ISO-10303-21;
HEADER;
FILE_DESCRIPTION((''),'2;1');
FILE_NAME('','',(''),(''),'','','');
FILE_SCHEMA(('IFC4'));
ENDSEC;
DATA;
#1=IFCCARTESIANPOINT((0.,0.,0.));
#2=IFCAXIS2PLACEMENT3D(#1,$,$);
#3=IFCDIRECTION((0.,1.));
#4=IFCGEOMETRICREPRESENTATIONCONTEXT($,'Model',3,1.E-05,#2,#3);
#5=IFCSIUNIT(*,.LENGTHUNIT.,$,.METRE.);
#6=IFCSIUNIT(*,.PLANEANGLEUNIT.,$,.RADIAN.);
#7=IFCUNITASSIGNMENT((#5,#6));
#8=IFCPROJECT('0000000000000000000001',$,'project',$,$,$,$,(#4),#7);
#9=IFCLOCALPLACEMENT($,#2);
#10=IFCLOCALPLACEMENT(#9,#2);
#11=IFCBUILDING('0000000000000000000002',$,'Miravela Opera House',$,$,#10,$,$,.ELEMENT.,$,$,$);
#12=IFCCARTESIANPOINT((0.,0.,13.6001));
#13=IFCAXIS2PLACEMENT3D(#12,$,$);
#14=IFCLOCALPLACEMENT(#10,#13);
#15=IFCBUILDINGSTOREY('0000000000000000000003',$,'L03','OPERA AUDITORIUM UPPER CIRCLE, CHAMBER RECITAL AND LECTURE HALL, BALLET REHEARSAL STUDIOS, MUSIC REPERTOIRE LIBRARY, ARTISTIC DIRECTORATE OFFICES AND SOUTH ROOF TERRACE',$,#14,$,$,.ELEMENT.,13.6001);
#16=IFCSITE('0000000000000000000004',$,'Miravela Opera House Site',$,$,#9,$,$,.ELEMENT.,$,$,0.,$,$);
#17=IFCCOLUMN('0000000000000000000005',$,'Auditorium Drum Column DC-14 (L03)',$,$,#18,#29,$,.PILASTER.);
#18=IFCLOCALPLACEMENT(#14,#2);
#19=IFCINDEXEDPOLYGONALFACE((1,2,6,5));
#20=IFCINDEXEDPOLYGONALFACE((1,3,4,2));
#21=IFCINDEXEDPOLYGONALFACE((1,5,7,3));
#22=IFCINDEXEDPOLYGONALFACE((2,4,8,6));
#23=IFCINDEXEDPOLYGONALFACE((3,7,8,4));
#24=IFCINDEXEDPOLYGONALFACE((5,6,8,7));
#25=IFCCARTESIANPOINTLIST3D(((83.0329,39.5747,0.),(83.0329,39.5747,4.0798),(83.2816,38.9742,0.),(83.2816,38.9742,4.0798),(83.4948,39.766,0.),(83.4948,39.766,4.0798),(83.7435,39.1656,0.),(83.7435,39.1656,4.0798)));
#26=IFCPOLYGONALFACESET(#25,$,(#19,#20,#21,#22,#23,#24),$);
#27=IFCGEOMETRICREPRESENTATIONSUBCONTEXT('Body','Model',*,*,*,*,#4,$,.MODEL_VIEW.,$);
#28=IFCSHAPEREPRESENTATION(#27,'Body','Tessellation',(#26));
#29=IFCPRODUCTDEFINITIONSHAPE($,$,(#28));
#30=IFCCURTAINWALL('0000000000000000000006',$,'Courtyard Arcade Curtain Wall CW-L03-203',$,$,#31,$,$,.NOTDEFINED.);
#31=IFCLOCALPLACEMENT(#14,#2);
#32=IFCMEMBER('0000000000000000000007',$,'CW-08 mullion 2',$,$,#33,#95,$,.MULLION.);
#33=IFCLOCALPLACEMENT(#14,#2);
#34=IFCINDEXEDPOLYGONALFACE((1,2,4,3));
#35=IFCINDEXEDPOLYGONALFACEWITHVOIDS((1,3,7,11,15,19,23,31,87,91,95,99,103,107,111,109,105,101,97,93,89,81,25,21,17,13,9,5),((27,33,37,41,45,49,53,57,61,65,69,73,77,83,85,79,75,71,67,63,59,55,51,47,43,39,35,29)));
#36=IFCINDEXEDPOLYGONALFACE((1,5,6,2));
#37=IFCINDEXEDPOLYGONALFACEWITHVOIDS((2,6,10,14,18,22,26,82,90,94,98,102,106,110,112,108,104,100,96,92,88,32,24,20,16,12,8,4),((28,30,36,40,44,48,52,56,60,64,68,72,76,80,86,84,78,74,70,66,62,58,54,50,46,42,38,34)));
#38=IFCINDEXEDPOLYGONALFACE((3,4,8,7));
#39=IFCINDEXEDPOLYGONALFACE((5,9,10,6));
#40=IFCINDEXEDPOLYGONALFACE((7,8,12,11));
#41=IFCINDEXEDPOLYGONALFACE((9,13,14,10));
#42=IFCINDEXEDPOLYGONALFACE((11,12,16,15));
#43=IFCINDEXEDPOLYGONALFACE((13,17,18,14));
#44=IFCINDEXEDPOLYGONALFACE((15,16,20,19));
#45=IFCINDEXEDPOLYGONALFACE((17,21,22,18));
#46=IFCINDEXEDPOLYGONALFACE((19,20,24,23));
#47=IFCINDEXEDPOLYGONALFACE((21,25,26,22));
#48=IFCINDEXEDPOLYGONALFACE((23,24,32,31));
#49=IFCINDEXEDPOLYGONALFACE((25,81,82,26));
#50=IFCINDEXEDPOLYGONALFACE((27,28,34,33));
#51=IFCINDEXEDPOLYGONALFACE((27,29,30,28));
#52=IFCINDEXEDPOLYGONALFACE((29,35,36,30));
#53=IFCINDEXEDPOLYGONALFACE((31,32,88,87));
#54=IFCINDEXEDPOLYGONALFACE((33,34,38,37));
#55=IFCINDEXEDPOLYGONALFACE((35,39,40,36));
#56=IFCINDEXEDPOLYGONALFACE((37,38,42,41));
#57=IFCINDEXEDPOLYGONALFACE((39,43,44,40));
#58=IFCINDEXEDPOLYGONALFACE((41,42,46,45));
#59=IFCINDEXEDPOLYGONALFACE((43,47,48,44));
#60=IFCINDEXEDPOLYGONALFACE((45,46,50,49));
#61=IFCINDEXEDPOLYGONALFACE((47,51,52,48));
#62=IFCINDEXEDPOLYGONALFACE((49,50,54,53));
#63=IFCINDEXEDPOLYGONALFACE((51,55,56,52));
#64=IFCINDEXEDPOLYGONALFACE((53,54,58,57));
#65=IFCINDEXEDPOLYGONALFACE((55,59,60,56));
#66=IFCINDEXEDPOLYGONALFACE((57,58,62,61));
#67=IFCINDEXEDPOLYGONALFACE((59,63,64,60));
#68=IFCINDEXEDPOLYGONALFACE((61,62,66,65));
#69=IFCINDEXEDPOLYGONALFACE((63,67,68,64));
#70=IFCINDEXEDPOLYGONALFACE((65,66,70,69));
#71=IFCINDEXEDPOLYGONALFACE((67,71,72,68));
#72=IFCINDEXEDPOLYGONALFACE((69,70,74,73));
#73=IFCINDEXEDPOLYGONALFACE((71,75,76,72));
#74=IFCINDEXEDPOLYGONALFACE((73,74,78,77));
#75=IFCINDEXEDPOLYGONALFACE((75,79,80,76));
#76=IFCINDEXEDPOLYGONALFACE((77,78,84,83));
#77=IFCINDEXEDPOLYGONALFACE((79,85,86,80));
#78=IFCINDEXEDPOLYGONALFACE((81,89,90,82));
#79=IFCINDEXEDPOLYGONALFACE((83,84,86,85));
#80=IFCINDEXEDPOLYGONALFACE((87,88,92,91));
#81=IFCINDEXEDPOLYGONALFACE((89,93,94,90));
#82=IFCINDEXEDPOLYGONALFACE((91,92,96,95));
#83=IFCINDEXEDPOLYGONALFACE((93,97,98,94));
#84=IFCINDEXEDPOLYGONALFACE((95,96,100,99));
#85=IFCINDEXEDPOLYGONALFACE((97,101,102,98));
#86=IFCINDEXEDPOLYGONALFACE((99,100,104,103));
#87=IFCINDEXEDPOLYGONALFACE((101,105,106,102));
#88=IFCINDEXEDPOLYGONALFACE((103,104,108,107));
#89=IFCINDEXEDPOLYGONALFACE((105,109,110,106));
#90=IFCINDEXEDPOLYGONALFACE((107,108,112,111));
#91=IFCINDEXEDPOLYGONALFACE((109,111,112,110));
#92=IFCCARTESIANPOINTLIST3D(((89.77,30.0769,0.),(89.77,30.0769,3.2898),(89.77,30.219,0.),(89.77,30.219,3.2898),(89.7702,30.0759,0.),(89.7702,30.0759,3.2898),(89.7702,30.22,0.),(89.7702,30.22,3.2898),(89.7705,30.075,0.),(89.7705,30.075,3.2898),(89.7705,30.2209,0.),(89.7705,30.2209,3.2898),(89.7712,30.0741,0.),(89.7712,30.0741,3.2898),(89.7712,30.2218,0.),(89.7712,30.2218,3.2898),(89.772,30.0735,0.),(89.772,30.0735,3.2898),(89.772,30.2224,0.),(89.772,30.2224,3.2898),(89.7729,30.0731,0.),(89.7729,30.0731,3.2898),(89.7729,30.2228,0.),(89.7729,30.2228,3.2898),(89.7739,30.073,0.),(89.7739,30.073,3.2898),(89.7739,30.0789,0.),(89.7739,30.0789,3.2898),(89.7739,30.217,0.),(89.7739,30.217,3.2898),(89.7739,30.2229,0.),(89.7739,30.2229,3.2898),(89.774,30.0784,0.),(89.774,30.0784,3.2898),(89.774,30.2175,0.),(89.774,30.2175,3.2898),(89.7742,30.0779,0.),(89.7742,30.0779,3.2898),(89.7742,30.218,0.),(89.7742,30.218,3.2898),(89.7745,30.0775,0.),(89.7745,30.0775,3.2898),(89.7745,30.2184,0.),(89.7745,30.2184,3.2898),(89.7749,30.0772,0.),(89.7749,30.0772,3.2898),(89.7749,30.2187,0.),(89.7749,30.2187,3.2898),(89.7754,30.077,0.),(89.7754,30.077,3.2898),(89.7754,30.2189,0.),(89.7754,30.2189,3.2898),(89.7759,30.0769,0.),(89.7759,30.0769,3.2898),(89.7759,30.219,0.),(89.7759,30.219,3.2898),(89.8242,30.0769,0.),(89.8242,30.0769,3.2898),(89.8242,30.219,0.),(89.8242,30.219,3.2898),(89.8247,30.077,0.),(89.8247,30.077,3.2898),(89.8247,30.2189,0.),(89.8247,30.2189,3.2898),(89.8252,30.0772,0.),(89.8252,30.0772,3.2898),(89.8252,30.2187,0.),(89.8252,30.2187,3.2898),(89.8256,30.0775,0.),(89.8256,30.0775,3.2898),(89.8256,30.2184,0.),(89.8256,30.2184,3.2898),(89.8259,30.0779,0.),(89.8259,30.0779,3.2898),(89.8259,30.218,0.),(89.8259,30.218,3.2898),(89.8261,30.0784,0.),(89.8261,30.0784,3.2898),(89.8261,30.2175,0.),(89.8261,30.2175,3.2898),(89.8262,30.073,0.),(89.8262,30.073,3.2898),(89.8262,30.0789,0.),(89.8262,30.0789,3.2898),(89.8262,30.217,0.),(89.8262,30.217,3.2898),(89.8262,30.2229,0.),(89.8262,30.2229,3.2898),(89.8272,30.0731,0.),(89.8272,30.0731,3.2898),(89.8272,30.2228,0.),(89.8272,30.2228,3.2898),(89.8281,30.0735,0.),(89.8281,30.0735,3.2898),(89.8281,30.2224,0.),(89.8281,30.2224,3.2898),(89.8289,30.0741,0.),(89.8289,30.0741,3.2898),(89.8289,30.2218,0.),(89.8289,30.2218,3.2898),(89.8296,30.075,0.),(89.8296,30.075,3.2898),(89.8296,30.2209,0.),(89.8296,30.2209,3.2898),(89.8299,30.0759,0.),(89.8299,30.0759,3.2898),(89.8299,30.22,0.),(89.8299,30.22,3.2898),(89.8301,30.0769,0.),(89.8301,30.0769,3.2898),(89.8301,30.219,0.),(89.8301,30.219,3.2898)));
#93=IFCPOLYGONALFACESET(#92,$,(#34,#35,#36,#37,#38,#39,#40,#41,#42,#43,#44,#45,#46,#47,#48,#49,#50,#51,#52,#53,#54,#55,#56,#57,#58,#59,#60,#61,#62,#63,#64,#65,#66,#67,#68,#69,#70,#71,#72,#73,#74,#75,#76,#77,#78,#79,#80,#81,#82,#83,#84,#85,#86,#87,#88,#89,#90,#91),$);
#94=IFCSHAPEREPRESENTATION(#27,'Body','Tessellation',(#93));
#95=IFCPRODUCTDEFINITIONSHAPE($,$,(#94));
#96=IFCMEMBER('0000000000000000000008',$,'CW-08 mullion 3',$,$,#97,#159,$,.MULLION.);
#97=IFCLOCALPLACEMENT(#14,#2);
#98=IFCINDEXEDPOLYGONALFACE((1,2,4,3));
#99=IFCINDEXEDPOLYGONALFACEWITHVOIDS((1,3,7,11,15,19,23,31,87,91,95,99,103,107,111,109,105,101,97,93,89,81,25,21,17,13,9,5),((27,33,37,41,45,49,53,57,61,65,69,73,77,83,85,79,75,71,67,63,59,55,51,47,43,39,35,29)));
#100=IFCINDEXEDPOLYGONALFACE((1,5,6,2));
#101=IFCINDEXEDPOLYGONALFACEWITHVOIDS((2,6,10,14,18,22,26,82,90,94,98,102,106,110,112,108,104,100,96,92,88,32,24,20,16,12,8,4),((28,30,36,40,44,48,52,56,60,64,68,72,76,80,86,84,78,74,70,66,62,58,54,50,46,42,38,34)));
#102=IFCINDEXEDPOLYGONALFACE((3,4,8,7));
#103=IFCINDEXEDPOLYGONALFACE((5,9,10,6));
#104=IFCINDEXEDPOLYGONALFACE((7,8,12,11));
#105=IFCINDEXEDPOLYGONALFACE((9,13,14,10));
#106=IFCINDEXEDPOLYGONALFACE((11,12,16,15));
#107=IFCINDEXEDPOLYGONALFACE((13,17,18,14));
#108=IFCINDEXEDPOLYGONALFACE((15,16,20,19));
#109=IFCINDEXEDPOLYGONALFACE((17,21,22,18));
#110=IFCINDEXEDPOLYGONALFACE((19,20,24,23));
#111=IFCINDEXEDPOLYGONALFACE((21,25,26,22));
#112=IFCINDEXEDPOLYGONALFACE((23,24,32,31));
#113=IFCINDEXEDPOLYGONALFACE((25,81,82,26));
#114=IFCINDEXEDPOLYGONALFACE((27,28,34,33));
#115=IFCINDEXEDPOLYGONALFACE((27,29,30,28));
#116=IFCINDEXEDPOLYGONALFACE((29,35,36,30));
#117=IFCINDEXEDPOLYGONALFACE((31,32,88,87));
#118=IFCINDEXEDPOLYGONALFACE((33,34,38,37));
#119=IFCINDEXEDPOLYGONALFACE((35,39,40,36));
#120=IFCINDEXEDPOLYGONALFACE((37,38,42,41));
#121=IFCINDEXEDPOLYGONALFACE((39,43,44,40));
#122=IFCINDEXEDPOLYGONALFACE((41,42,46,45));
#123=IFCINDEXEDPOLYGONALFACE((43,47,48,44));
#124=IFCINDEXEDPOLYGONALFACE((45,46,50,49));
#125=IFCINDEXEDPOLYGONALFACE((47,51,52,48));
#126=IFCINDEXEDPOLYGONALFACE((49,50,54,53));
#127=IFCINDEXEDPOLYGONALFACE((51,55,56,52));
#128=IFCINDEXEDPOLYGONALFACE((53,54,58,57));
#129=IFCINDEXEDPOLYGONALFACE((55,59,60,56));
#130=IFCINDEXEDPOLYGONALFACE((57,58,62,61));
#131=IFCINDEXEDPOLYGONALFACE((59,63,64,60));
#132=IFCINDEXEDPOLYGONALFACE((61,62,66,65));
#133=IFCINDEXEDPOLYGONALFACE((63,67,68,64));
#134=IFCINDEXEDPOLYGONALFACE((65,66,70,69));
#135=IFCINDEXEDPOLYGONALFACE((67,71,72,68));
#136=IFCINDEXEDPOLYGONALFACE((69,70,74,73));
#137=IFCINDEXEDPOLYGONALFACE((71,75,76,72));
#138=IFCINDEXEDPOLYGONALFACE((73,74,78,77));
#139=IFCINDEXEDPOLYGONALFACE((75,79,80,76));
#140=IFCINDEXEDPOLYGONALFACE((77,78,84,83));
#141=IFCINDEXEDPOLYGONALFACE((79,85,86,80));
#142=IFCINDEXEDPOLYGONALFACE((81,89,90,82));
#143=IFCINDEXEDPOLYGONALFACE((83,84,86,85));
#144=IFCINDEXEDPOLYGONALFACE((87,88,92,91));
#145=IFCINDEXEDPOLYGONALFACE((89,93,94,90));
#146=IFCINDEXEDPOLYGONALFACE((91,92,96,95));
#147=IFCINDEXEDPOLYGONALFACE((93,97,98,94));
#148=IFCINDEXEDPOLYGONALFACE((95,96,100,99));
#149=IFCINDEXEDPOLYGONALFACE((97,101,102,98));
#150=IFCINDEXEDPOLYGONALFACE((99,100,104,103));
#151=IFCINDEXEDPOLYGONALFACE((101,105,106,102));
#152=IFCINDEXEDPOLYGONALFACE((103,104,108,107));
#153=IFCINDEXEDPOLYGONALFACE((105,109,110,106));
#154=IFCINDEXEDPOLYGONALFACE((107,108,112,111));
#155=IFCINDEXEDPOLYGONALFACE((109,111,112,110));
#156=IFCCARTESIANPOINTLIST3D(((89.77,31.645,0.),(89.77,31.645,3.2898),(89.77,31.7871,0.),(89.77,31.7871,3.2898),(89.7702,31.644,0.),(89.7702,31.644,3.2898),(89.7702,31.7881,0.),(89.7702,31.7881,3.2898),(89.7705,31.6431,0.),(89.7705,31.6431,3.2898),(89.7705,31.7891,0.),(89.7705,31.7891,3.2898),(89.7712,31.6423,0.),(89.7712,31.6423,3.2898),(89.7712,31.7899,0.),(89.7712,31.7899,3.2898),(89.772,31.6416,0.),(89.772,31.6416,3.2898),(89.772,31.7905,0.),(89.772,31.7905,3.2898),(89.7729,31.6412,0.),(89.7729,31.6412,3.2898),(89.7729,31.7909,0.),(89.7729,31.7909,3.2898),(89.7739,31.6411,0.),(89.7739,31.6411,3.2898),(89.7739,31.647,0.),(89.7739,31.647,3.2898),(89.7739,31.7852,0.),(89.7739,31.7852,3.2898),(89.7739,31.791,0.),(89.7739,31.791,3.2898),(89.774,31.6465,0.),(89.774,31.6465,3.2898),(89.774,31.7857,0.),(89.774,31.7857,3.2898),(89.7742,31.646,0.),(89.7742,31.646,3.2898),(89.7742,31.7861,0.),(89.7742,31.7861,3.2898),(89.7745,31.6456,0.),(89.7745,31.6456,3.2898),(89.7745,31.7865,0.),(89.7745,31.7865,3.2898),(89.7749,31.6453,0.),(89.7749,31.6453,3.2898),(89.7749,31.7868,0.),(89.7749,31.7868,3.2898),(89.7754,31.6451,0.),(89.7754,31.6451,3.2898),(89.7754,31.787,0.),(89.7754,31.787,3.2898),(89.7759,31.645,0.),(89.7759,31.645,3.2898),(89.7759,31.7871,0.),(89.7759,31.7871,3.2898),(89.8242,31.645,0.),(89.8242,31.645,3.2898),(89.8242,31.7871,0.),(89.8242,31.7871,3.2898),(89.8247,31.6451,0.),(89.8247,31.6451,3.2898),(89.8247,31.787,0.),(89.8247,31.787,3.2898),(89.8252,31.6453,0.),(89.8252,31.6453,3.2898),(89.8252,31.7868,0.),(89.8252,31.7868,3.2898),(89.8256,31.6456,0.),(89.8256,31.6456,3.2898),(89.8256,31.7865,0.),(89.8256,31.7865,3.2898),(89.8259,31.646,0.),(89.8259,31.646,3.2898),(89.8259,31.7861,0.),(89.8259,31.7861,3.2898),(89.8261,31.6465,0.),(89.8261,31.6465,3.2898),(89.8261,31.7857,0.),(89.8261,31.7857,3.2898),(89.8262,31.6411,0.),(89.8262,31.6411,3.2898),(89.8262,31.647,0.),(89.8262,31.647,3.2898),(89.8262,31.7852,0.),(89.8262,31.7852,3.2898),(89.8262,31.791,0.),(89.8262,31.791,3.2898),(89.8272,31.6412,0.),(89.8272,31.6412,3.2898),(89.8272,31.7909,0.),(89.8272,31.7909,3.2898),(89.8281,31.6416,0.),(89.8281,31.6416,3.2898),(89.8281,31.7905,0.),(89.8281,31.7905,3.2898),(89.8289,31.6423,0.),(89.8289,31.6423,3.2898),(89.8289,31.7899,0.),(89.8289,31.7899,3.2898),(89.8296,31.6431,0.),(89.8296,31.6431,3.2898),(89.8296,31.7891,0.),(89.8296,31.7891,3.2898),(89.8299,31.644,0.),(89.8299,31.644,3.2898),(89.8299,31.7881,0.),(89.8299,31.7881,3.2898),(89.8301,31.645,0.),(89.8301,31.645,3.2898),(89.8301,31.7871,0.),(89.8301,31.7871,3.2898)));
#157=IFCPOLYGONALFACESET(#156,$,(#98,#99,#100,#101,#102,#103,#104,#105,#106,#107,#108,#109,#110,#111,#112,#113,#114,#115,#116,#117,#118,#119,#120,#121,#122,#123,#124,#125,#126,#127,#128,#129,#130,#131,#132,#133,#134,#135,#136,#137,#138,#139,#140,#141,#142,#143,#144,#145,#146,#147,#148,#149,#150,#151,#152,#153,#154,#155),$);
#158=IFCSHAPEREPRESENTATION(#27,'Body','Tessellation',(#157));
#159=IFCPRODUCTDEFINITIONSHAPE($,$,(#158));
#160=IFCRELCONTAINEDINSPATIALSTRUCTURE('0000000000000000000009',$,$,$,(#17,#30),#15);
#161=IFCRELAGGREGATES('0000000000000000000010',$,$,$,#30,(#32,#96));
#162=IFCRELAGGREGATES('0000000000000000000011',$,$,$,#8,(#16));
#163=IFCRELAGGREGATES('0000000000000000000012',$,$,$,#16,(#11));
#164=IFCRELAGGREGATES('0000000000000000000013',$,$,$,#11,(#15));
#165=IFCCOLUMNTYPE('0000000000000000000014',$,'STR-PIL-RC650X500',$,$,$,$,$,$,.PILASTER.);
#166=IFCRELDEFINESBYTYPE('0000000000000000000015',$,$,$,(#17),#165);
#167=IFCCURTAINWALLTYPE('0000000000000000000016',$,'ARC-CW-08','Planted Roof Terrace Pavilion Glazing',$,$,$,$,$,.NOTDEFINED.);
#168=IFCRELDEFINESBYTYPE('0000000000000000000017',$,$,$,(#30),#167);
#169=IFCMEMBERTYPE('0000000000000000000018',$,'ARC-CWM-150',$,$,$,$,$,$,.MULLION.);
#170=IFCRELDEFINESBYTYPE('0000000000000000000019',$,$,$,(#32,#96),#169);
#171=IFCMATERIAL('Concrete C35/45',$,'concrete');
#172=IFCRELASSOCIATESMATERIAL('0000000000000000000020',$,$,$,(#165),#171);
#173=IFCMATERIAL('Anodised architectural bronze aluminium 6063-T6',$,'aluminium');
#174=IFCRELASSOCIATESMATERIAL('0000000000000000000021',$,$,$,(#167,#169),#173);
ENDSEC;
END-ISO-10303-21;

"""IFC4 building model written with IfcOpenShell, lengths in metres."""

from ifc_helpers import new_model, si_unit, direction, frame, origin, origin_2d, place, context, subcontext, project, spatial, rectangle, hollow_rectangle, extrude, material, material_profile, profile_set, type_object, element, aggregate, save


model = new_model("IFC4")

# Units and contexts
model_context = context("Model", 3, precision=1e-05, world=origin(), true_north=direction((0.0, 1.0)))
body_context = subcontext(model_context, "Body", "Model", "MODEL_VIEW")
ifc_project = project(units=[si_unit("LENGTHUNIT", "METRE"), si_unit("PLANEANGLEUNIT", "RADIAN")], contexts=[model_context])

# Site, building, storey
site_placement = place(None, origin())
site = spatial("IfcSite", under=ifc_project, at=site_placement, Name="Miravela Opera House Site", CompositionType="ELEMENT", RefElevation=0.0)
building_placement = place(site_placement, origin())
building = spatial("IfcBuilding", under=site, at=building_placement, Name="Miravela Opera House", CompositionType="ELEMENT")
storey_placement = place(building_placement, frame((0.0, 0.0, 13.6001)))
storey = spatial("IfcBuildingStorey", under=building, at=storey_placement, Name="L03", Description="OPERA AUDITORIUM UPPER CIRCLE, CHAMBER RECITAL AND LECTURE HALL, BALLET REHEARSAL STUDIOS, MUSIC REPERTOIRE LIBRARY, ARTISTIC DIRECTORATE OFFICES AND SOUTH ROOF TERRACE", CompositionType="ELEMENT", Elevation=13.6001)

# Column
ifc_material_1 = material(Name="Concrete C35/45", Category="concrete")
ifc_material_profile_1 = material_profile(ifc_material_1, rectangle(XDim=0.6499, YDim=0.5, at=origin_2d()), Name="RC-PIL-650X500")
ifc_profile_set_1 = profile_set([ifc_material_profile_1])
column_type = type_object("IfcColumnType", Name="STR-PIL-RC650X500", PredefinedType="PILASTER", material=ifc_profile_set_1)
column_placement = place(storey_placement, frame((83.3882, 39.3701, 0.0), z_axis=(0.0, 0.0, 1.0), x_axis=(0.382683, -0.92388, 0.0)))
element("IfcColumn", 1, at=column_placement, inside=storey, type_object=column_type, Name="Auditorium Drum Column DC-14 (L03)", PredefinedType="PILASTER", context=body_context, shape_type="SweptSolid", body=[
    extrude(rectangle(XDim=0.6499, YDim=0.5, at=origin_2d()), origin(), (0.0, 0.0, 1.0), 4.0798),
])

# Curtain wall, members
ifc_material_2 = material(Name="Anodised architectural bronze aluminium 6063-T6", Category="aluminium")
curtain_wall_type = type_object("IfcCurtainWallType", Name="ARC-CW-08", Description="Planted Roof Terrace Pavilion Glazing", PredefinedType="NOTDEFINED", material=ifc_material_2)
curtain_wall_placement = place(storey_placement, origin())
curtain_wall = element("IfcCurtainWall", 2, at=curtain_wall_placement, inside=storey, type_object=curtain_wall_type, Name="Courtyard Arcade Curtain Wall CW-L03-203", PredefinedType="NOTDEFINED")
ifc_material_profile_2 = material_profile(ifc_material_2, hollow_rectangle(XDim=0.0601, YDim=0.1499, WallThickness=0.0039, InnerFilletRadius=0.002, OuterFilletRadius=0.0039, at=origin_2d()), Name="CWM-60X150")
ifc_profile_set_2 = profile_set([ifc_material_profile_2])
member_type_1 = type_object("IfcMemberType", Name="ARC-CWM-150", PredefinedType="MULLION", material=ifc_profile_set_2)
member_1_placement = place(storey_placement, frame((89.8, 30.1479, 0.0), z_axis=(0.0, 0.0, 1.0), x_axis=(-1.0, 0.0, 0.0)))
member_1 = element("IfcMember", 3, at=member_1_placement, type_object=member_type_1, Name="CW-08 mullion 2", PredefinedType="MULLION", context=body_context, shape_type="SweptSolid", body=[
    extrude(hollow_rectangle(XDim=0.0601, YDim=0.1499, WallThickness=0.0039, InnerFilletRadius=0.002, OuterFilletRadius=0.0039, at=origin_2d()), origin(), (0.0, 0.0, 1.0), 3.2898),
])
member_2_placement = place(storey_placement, frame((89.8, 31.7161, 0.0), z_axis=(0.0, 0.0, 1.0), x_axis=(-1.0, 0.0, 0.0)))
member_2 = element("IfcMember", 4, at=member_2_placement, type_object=member_type_1, Name="CW-08 mullion 3", PredefinedType="MULLION", context=body_context, shape_type="SweptSolid", body=[
    extrude(hollow_rectangle(XDim=0.0601, YDim=0.1499, WallThickness=0.0039, InnerFilletRadius=0.002, OuterFilletRadius=0.0039, at=origin_2d()), origin(), (0.0, 0.0, 1.0), 3.2898),
])
aggregate(curtain_wall, [member_1, member_2])

save(model, "model.ifc")
